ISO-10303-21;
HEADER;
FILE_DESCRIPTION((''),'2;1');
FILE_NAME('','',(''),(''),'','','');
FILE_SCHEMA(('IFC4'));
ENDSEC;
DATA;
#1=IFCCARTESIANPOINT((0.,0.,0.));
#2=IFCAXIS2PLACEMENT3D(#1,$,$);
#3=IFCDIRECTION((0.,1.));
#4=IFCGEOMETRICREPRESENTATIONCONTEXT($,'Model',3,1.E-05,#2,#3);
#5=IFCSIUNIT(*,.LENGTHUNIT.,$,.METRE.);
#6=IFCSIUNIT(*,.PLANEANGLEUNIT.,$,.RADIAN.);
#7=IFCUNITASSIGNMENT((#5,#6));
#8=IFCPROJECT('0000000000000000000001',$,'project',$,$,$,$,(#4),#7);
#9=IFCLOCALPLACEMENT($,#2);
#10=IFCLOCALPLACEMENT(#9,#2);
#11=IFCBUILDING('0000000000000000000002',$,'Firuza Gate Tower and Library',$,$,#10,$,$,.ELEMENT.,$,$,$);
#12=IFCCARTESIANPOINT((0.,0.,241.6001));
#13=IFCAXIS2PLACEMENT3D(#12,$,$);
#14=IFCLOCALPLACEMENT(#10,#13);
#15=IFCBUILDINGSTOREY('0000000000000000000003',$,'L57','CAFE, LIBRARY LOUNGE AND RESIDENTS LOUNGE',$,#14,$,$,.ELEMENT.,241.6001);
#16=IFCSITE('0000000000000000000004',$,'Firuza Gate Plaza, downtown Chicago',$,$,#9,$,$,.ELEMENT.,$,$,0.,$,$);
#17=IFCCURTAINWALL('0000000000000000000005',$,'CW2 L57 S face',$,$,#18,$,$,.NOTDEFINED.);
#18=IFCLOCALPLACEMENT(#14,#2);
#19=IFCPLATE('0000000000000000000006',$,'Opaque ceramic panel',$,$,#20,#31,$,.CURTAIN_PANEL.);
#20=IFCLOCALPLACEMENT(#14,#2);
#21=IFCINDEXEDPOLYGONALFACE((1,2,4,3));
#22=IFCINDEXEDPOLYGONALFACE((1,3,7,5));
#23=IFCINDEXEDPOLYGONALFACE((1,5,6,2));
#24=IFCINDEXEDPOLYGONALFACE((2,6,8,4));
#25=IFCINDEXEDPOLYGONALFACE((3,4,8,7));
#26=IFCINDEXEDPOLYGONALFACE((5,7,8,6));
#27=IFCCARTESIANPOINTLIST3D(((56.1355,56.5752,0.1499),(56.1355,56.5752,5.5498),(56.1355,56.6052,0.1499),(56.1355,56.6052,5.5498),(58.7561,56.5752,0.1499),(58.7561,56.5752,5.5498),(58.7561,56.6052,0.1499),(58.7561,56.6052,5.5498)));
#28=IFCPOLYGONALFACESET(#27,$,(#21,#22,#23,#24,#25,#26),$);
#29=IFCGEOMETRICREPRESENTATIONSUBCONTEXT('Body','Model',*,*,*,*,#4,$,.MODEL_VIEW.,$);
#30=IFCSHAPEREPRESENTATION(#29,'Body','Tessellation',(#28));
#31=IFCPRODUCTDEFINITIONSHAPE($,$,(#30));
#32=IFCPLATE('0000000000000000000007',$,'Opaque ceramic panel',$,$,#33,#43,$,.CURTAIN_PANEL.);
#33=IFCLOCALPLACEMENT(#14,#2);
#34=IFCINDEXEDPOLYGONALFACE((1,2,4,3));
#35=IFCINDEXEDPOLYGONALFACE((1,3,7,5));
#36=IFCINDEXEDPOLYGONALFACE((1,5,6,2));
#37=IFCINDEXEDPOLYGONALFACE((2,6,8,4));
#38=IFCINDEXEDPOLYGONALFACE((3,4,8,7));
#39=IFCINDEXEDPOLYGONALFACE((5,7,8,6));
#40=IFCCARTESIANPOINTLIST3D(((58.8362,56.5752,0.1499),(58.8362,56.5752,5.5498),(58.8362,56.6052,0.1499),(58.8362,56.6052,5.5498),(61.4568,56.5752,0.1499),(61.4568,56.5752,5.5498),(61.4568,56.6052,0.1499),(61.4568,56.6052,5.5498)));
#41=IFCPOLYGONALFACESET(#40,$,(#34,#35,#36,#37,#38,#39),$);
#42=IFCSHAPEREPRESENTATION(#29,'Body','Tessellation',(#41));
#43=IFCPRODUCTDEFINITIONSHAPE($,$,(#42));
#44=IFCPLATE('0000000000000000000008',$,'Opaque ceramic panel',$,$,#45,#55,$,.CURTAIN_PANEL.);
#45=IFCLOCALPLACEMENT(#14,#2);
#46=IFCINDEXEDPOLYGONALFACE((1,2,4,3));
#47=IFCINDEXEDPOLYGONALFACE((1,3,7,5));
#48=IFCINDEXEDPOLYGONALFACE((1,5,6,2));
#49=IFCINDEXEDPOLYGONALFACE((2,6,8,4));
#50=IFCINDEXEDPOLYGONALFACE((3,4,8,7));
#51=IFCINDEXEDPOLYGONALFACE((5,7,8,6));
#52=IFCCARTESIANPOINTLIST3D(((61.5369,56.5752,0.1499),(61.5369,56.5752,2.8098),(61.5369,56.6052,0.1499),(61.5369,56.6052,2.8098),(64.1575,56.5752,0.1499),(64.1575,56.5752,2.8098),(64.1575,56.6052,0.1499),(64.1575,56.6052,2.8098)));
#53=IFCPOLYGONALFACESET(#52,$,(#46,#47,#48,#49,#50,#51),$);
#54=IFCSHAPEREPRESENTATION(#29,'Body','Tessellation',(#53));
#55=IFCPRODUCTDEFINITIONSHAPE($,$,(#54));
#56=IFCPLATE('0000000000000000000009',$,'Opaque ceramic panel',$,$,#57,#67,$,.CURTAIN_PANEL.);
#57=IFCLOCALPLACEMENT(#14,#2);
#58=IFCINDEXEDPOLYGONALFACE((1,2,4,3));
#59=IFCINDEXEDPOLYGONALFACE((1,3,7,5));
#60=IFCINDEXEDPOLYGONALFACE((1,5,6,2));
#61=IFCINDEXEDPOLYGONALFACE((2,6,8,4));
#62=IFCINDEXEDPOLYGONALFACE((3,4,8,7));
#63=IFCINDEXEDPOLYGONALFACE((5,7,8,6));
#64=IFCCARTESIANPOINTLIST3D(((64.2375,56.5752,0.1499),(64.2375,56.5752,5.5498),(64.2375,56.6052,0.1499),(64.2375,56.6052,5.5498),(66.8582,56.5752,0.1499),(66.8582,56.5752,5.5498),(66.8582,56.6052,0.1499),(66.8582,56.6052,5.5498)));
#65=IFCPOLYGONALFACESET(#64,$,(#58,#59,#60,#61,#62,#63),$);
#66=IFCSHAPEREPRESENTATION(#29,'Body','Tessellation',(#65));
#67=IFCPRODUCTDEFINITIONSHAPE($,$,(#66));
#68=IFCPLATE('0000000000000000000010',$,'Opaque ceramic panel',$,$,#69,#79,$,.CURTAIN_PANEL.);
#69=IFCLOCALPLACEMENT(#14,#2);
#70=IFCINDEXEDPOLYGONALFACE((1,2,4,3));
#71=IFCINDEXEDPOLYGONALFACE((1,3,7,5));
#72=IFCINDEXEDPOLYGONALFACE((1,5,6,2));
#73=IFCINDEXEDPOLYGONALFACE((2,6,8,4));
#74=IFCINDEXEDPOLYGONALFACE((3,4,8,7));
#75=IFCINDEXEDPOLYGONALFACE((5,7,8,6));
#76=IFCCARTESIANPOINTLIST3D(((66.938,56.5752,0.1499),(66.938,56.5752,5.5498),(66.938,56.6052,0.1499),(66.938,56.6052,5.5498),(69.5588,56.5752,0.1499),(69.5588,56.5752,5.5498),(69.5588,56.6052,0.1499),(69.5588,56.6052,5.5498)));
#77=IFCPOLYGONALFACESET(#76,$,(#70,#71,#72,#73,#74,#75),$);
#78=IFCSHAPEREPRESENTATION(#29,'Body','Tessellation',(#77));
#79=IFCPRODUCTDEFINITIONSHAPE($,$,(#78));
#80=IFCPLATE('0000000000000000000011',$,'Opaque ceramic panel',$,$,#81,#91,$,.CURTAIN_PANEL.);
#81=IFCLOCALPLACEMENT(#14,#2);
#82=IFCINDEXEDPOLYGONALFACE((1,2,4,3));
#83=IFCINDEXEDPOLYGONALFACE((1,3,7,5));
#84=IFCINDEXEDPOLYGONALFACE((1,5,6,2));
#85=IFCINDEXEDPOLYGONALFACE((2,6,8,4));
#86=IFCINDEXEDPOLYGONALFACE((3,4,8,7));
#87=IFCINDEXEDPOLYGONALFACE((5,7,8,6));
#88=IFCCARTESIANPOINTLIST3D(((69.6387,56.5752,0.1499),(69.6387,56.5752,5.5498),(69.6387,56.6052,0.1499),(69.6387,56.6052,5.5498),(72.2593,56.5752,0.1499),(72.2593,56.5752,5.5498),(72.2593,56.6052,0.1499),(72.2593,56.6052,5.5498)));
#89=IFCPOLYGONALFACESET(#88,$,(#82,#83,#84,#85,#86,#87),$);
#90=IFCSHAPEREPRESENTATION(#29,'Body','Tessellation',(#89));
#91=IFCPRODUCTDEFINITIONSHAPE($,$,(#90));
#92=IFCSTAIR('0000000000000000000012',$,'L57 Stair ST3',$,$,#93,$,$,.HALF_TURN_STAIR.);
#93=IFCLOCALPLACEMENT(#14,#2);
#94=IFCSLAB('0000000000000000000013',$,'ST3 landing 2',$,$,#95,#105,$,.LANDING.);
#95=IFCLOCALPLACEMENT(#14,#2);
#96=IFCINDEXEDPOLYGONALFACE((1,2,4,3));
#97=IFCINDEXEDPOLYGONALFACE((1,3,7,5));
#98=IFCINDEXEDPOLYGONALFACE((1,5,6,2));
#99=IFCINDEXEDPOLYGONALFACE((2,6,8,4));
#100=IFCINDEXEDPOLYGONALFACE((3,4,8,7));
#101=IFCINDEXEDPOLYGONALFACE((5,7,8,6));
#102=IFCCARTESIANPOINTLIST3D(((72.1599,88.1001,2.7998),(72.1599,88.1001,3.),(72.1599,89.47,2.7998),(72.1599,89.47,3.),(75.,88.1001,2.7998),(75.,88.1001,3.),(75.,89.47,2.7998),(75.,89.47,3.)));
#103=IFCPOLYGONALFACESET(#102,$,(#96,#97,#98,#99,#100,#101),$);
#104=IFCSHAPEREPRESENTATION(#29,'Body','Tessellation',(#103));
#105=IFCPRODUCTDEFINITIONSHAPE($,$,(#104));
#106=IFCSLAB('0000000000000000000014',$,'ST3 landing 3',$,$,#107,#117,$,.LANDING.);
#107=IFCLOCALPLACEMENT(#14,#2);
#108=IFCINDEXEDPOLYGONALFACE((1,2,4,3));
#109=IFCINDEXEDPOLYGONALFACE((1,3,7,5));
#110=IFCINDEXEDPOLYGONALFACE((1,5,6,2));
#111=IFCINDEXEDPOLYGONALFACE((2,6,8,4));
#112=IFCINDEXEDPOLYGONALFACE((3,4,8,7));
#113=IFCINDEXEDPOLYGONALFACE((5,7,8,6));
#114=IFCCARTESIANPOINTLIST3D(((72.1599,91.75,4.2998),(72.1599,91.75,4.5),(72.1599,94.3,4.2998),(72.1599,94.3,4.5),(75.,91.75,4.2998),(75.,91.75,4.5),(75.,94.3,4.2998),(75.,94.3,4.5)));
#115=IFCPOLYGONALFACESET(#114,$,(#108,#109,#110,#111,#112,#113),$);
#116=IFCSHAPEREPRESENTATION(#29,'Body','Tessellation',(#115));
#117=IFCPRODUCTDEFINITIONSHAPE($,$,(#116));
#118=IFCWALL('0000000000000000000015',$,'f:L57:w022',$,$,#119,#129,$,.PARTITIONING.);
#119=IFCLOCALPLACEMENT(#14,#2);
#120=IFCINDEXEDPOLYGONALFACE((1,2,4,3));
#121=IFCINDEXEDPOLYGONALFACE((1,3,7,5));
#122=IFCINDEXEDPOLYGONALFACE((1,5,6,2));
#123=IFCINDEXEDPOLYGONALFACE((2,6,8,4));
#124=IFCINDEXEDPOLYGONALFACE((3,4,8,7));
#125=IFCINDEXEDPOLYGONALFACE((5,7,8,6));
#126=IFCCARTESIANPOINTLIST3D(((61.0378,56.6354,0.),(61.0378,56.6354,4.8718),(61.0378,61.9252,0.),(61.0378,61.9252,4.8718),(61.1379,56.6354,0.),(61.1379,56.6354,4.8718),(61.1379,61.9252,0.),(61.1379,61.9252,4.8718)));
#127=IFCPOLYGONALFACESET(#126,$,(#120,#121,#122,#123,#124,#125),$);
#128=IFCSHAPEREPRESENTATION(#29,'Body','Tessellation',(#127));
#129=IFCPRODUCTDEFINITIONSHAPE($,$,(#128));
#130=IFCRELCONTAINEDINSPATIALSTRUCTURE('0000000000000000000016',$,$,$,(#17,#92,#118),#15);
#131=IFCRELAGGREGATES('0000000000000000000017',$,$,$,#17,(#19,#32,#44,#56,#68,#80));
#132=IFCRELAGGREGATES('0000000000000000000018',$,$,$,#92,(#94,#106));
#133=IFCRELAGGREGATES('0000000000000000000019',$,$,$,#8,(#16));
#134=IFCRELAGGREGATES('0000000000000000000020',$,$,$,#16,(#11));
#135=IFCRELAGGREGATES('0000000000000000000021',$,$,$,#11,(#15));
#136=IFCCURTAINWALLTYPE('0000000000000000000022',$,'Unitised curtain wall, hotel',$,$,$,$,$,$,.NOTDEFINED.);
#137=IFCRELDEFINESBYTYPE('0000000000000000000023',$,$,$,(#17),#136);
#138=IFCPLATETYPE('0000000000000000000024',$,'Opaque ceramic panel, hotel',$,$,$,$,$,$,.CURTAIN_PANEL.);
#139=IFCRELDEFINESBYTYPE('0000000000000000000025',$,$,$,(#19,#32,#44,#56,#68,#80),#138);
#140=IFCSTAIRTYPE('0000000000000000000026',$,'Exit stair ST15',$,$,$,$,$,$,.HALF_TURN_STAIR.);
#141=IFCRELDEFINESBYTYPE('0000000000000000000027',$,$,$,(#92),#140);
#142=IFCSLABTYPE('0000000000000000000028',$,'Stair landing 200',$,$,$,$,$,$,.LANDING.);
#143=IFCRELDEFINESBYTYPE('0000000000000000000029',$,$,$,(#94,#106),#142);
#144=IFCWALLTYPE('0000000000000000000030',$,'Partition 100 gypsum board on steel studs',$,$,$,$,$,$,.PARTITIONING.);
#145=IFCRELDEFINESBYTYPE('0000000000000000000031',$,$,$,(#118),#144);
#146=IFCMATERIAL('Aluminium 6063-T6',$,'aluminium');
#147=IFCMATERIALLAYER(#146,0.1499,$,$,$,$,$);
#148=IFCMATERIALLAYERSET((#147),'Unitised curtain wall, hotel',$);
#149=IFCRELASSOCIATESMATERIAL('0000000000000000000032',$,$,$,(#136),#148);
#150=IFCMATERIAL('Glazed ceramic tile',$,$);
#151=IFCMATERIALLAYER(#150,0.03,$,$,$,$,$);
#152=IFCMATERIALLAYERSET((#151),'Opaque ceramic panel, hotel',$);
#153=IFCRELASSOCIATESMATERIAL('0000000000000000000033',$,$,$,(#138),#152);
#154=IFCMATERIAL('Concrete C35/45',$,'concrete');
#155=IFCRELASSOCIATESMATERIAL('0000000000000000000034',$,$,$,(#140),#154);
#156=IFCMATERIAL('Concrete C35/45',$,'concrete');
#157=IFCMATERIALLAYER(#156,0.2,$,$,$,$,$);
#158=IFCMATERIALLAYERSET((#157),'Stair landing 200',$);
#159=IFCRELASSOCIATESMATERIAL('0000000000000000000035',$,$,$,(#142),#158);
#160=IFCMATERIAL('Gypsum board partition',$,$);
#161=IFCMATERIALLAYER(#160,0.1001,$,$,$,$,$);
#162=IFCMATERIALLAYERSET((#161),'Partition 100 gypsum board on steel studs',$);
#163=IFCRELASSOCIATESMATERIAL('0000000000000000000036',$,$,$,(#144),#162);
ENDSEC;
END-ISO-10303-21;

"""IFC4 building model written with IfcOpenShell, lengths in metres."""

from ifc_helpers import new_model, si_unit, direction, frame, frame_2d, origin, place, context, subcontext, project, spatial, polyline, rectangle, outline, extrude, material, layer, layer_set, type_object, element, aggregate, save


model = new_model("IFC4")

# Units and contexts
model_context = context("Model", 3, precision=1e-05, world=origin(), true_north=direction((0.0, 1.0)))
body_context = subcontext(model_context, "Body", "Model", "MODEL_VIEW")
ifc_project = project(units=[si_unit("LENGTHUNIT", "METRE"), si_unit("PLANEANGLEUNIT", "RADIAN")], contexts=[model_context])

# Site, building, storey
site_placement = place(None, origin())
site = spatial("IfcSite", under=ifc_project, at=site_placement, Name="Firuza Gate Plaza, downtown Chicago", CompositionType="ELEMENT", RefElevation=0.0)
building_placement = place(site_placement, origin())
building = spatial("IfcBuilding", under=site, at=building_placement, Name="Firuza Gate Tower and Library", CompositionType="ELEMENT")
storey_placement = place(building_placement, frame((0.0, 0.0, 241.6001)))
storey = spatial("IfcBuildingStorey", under=building, at=storey_placement, Name="L57", Description="CAFE, LIBRARY LOUNGE AND RESIDENTS LOUNGE", CompositionType="ELEMENT", Elevation=241.6001)

# Curtain wall, plates
ifc_material_1 = material(Name="Aluminium 6063-T6", Category="aluminium")
ifc_layer_1 = layer(ifc_material_1, 0.1499)
ifc_layer_set_1 = layer_set([ifc_layer_1], Name="Unitised curtain wall, hotel")
curtain_wall_type = type_object("IfcCurtainWallType", Name="Unitised curtain wall, hotel", PredefinedType="NOTDEFINED", material=ifc_layer_set_1)
placement = place(storey_placement, origin())
curtain_wall = element("IfcCurtainWall", 1, at=placement, inside=storey, type_object=curtain_wall_type, Name="CW2 L57 S face", PredefinedType="NOTDEFINED")
ifc_material_2 = material(Name="Glazed ceramic tile")
ifc_layer_2 = layer(ifc_material_2, 0.03)
ifc_layer_set_2 = layer_set([ifc_layer_2], Name="Opaque ceramic panel, hotel")
plate_type_1 = type_object("IfcPlateType", Name="Opaque ceramic panel, hotel", PredefinedType="CURTAIN_PANEL", material=ifc_layer_set_2)
plate_1_placement = place(storey_placement, frame((56.1355, 56.5752, 0.1499), z_axis=(0.0, -1.0, 0.0), x_axis=(1.0, 0.0, 0.0)))
plate_1 = element("IfcPlate", 2, at=plate_1_placement, type_object=plate_type_1, Name="Opaque ceramic panel", PredefinedType="CURTAIN_PANEL", context=body_context, shape_type="SweptSolid", body=[
    extrude(outline(polyline([(0.0, 0.0), (2.6206, 0.0), (2.6206, 5.3999), (0.0, 5.3999), (0.0, 0.0)])), origin(), (0.0, 0.0, -1.0), 0.03),
])
plate_2_placement = place(storey_placement, frame((58.8362, 56.5752, 0.1499), z_axis=(0.0, -1.0, 0.0), x_axis=(1.0, 0.0, 0.0)))
plate_2 = element("IfcPlate", 3, at=plate_2_placement, type_object=plate_type_1, Name="Opaque ceramic panel", PredefinedType="CURTAIN_PANEL", context=body_context, shape_type="SweptSolid", body=[
    extrude(outline(polyline([(0.0, 0.0), (2.6206, 0.0), (2.6206, 5.3999), (0.0, 5.3999), (0.0, 0.0)])), origin(), (0.0, 0.0, -1.0), 0.03),
])
plate_3_placement = place(storey_placement, frame((61.5369, 56.5752, 0.1499), z_axis=(0.0, -1.0, 0.0), x_axis=(1.0, 0.0, 0.0)))
plate_3 = element("IfcPlate", 4, at=plate_3_placement, type_object=plate_type_1, Name="Opaque ceramic panel", PredefinedType="CURTAIN_PANEL", context=body_context, shape_type="SweptSolid", body=[
    extrude(outline(polyline([(0.0, 0.0), (2.6206, 0.0), (2.6206, 2.6599), (0.0, 2.6599), (0.0, 0.0)])), origin(), (0.0, 0.0, -1.0), 0.03),
])
plate_4_placement = place(storey_placement, frame((64.2375, 56.5752, 0.1499), z_axis=(0.0, -1.0, 0.0), x_axis=(1.0, 0.0, 0.0)))
plate_4 = element("IfcPlate", 5, at=plate_4_placement, type_object=plate_type_1, Name="Opaque ceramic panel", PredefinedType="CURTAIN_PANEL", context=body_context, shape_type="SweptSolid", body=[
    extrude(outline(polyline([(0.0, 0.0), (2.6206, 0.0), (2.6206, 5.3999), (0.0, 5.3999), (0.0, 0.0)])), origin(), (0.0, 0.0, -1.0), 0.03),
])
plate_5_placement = place(storey_placement, frame((66.938, 56.5752, 0.1499), z_axis=(0.0, -1.0, 0.0), x_axis=(1.0, 0.0, 0.0)))
plate_5 = element("IfcPlate", 6, at=plate_5_placement, type_object=plate_type_1, Name="Opaque ceramic panel", PredefinedType="CURTAIN_PANEL", context=body_context, shape_type="SweptSolid", body=[
    extrude(outline(polyline([(0.0, 0.0), (2.6208, 0.0), (2.6208, 5.3999), (0.0, 5.3999), (0.0, 0.0)])), origin(), (0.0, 0.0, -1.0), 0.03),
])
plate_6_placement = place(storey_placement, frame((69.6387, 56.5752, 0.1499), z_axis=(0.0, -1.0, 0.0), x_axis=(1.0, 0.0, 0.0)))
plate_6 = element("IfcPlate", 7, at=plate_6_placement, type_object=plate_type_1, Name="Opaque ceramic panel", PredefinedType="CURTAIN_PANEL", context=body_context, shape_type="SweptSolid", body=[
    extrude(outline(polyline([(0.0, 0.0), (2.6206, 0.0), (2.6206, 5.3999), (0.0, 5.3999), (0.0, 0.0)])), origin(), (0.0, 0.0, -1.0), 0.03),
])
aggregate(curtain_wall, [plate_1, plate_2, plate_3, plate_4, plate_5, plate_6])

# Stair, slabs
ifc_material_3 = material(Name="Concrete C35/45", Category="concrete")
stair_type = type_object("IfcStairType", Name="Exit stair ST15", PredefinedType="HALF_TURN_STAIR", material=ifc_material_3)
stair = element("IfcStair", 8, at=placement, inside=storey, type_object=stair_type, Name="L57 Stair ST3", PredefinedType="HALF_TURN_STAIR")
ifc_material_4 = material(Name="Concrete C35/45", Category="concrete")
ifc_layer_3 = layer(ifc_material_4, 0.2)
ifc_layer_set_3 = layer_set([ifc_layer_3], Name="Stair landing 200")
slab_type = type_object("IfcSlabType", Name="Stair landing 200", PredefinedType="LANDING", material=ifc_layer_set_3)
slab_1_placement = place(storey_placement, frame((0.0, 0.0, 2.7998)))
slab_1 = element("IfcSlab", 9, at=slab_1_placement, type_object=slab_type, Name="ST3 landing 2", PredefinedType="LANDING", context=body_context, shape_type="SweptSolid", body=[
    extrude(outline(polyline([(75.0, 88.1001), (75.0, 89.47), (72.1599, 89.47), (72.1599, 88.1001), (75.0, 88.1001)])), origin(), (0.0, 0.0, 1.0), 0.2002),
])
slab_2_placement = place(storey_placement, frame((0.0, 0.0, 4.2998)))
slab_2 = element("IfcSlab", 10, at=slab_2_placement, type_object=slab_type, Name="ST3 landing 3", PredefinedType="LANDING", context=body_context, shape_type="SweptSolid", body=[
    extrude(outline(polyline([(75.0, 91.75), (75.0, 94.3), (72.1599, 94.3), (72.1599, 91.75), (75.0, 91.75)])), origin(), (0.0, 0.0, 1.0), 0.2002),
])
aggregate(stair, [slab_1, slab_2])

# Wall
ifc_material_5 = material(Name="Gypsum board partition")
ifc_layer_4 = layer(ifc_material_5, 0.1001)
ifc_layer_set_4 = layer_set([ifc_layer_4], Name="Partition 100 gypsum board on steel studs")
wall_type = type_object("IfcWallType", Name="Partition 100 gypsum board on steel studs", PredefinedType="PARTITIONING", material=ifc_layer_set_4)
wall_placement = place(storey_placement, frame((61.0879, 56.6353, 0.0), z_axis=(0.0, 0.0, 1.0), x_axis=(0.0, 1.0, 0.0)))
element("IfcWall", 11, at=wall_placement, inside=storey, type_object=wall_type, Name="f:L57:w022", PredefinedType="PARTITIONING", context=body_context, shape_type="SweptSolid", body=[
    extrude(rectangle(XDim=5.2898, YDim=0.1001, at=frame_2d((2.645, 0.0))), origin(), (0.0, 0.0, 1.0), 4.8718),
])

save(model, "model.ifc")
